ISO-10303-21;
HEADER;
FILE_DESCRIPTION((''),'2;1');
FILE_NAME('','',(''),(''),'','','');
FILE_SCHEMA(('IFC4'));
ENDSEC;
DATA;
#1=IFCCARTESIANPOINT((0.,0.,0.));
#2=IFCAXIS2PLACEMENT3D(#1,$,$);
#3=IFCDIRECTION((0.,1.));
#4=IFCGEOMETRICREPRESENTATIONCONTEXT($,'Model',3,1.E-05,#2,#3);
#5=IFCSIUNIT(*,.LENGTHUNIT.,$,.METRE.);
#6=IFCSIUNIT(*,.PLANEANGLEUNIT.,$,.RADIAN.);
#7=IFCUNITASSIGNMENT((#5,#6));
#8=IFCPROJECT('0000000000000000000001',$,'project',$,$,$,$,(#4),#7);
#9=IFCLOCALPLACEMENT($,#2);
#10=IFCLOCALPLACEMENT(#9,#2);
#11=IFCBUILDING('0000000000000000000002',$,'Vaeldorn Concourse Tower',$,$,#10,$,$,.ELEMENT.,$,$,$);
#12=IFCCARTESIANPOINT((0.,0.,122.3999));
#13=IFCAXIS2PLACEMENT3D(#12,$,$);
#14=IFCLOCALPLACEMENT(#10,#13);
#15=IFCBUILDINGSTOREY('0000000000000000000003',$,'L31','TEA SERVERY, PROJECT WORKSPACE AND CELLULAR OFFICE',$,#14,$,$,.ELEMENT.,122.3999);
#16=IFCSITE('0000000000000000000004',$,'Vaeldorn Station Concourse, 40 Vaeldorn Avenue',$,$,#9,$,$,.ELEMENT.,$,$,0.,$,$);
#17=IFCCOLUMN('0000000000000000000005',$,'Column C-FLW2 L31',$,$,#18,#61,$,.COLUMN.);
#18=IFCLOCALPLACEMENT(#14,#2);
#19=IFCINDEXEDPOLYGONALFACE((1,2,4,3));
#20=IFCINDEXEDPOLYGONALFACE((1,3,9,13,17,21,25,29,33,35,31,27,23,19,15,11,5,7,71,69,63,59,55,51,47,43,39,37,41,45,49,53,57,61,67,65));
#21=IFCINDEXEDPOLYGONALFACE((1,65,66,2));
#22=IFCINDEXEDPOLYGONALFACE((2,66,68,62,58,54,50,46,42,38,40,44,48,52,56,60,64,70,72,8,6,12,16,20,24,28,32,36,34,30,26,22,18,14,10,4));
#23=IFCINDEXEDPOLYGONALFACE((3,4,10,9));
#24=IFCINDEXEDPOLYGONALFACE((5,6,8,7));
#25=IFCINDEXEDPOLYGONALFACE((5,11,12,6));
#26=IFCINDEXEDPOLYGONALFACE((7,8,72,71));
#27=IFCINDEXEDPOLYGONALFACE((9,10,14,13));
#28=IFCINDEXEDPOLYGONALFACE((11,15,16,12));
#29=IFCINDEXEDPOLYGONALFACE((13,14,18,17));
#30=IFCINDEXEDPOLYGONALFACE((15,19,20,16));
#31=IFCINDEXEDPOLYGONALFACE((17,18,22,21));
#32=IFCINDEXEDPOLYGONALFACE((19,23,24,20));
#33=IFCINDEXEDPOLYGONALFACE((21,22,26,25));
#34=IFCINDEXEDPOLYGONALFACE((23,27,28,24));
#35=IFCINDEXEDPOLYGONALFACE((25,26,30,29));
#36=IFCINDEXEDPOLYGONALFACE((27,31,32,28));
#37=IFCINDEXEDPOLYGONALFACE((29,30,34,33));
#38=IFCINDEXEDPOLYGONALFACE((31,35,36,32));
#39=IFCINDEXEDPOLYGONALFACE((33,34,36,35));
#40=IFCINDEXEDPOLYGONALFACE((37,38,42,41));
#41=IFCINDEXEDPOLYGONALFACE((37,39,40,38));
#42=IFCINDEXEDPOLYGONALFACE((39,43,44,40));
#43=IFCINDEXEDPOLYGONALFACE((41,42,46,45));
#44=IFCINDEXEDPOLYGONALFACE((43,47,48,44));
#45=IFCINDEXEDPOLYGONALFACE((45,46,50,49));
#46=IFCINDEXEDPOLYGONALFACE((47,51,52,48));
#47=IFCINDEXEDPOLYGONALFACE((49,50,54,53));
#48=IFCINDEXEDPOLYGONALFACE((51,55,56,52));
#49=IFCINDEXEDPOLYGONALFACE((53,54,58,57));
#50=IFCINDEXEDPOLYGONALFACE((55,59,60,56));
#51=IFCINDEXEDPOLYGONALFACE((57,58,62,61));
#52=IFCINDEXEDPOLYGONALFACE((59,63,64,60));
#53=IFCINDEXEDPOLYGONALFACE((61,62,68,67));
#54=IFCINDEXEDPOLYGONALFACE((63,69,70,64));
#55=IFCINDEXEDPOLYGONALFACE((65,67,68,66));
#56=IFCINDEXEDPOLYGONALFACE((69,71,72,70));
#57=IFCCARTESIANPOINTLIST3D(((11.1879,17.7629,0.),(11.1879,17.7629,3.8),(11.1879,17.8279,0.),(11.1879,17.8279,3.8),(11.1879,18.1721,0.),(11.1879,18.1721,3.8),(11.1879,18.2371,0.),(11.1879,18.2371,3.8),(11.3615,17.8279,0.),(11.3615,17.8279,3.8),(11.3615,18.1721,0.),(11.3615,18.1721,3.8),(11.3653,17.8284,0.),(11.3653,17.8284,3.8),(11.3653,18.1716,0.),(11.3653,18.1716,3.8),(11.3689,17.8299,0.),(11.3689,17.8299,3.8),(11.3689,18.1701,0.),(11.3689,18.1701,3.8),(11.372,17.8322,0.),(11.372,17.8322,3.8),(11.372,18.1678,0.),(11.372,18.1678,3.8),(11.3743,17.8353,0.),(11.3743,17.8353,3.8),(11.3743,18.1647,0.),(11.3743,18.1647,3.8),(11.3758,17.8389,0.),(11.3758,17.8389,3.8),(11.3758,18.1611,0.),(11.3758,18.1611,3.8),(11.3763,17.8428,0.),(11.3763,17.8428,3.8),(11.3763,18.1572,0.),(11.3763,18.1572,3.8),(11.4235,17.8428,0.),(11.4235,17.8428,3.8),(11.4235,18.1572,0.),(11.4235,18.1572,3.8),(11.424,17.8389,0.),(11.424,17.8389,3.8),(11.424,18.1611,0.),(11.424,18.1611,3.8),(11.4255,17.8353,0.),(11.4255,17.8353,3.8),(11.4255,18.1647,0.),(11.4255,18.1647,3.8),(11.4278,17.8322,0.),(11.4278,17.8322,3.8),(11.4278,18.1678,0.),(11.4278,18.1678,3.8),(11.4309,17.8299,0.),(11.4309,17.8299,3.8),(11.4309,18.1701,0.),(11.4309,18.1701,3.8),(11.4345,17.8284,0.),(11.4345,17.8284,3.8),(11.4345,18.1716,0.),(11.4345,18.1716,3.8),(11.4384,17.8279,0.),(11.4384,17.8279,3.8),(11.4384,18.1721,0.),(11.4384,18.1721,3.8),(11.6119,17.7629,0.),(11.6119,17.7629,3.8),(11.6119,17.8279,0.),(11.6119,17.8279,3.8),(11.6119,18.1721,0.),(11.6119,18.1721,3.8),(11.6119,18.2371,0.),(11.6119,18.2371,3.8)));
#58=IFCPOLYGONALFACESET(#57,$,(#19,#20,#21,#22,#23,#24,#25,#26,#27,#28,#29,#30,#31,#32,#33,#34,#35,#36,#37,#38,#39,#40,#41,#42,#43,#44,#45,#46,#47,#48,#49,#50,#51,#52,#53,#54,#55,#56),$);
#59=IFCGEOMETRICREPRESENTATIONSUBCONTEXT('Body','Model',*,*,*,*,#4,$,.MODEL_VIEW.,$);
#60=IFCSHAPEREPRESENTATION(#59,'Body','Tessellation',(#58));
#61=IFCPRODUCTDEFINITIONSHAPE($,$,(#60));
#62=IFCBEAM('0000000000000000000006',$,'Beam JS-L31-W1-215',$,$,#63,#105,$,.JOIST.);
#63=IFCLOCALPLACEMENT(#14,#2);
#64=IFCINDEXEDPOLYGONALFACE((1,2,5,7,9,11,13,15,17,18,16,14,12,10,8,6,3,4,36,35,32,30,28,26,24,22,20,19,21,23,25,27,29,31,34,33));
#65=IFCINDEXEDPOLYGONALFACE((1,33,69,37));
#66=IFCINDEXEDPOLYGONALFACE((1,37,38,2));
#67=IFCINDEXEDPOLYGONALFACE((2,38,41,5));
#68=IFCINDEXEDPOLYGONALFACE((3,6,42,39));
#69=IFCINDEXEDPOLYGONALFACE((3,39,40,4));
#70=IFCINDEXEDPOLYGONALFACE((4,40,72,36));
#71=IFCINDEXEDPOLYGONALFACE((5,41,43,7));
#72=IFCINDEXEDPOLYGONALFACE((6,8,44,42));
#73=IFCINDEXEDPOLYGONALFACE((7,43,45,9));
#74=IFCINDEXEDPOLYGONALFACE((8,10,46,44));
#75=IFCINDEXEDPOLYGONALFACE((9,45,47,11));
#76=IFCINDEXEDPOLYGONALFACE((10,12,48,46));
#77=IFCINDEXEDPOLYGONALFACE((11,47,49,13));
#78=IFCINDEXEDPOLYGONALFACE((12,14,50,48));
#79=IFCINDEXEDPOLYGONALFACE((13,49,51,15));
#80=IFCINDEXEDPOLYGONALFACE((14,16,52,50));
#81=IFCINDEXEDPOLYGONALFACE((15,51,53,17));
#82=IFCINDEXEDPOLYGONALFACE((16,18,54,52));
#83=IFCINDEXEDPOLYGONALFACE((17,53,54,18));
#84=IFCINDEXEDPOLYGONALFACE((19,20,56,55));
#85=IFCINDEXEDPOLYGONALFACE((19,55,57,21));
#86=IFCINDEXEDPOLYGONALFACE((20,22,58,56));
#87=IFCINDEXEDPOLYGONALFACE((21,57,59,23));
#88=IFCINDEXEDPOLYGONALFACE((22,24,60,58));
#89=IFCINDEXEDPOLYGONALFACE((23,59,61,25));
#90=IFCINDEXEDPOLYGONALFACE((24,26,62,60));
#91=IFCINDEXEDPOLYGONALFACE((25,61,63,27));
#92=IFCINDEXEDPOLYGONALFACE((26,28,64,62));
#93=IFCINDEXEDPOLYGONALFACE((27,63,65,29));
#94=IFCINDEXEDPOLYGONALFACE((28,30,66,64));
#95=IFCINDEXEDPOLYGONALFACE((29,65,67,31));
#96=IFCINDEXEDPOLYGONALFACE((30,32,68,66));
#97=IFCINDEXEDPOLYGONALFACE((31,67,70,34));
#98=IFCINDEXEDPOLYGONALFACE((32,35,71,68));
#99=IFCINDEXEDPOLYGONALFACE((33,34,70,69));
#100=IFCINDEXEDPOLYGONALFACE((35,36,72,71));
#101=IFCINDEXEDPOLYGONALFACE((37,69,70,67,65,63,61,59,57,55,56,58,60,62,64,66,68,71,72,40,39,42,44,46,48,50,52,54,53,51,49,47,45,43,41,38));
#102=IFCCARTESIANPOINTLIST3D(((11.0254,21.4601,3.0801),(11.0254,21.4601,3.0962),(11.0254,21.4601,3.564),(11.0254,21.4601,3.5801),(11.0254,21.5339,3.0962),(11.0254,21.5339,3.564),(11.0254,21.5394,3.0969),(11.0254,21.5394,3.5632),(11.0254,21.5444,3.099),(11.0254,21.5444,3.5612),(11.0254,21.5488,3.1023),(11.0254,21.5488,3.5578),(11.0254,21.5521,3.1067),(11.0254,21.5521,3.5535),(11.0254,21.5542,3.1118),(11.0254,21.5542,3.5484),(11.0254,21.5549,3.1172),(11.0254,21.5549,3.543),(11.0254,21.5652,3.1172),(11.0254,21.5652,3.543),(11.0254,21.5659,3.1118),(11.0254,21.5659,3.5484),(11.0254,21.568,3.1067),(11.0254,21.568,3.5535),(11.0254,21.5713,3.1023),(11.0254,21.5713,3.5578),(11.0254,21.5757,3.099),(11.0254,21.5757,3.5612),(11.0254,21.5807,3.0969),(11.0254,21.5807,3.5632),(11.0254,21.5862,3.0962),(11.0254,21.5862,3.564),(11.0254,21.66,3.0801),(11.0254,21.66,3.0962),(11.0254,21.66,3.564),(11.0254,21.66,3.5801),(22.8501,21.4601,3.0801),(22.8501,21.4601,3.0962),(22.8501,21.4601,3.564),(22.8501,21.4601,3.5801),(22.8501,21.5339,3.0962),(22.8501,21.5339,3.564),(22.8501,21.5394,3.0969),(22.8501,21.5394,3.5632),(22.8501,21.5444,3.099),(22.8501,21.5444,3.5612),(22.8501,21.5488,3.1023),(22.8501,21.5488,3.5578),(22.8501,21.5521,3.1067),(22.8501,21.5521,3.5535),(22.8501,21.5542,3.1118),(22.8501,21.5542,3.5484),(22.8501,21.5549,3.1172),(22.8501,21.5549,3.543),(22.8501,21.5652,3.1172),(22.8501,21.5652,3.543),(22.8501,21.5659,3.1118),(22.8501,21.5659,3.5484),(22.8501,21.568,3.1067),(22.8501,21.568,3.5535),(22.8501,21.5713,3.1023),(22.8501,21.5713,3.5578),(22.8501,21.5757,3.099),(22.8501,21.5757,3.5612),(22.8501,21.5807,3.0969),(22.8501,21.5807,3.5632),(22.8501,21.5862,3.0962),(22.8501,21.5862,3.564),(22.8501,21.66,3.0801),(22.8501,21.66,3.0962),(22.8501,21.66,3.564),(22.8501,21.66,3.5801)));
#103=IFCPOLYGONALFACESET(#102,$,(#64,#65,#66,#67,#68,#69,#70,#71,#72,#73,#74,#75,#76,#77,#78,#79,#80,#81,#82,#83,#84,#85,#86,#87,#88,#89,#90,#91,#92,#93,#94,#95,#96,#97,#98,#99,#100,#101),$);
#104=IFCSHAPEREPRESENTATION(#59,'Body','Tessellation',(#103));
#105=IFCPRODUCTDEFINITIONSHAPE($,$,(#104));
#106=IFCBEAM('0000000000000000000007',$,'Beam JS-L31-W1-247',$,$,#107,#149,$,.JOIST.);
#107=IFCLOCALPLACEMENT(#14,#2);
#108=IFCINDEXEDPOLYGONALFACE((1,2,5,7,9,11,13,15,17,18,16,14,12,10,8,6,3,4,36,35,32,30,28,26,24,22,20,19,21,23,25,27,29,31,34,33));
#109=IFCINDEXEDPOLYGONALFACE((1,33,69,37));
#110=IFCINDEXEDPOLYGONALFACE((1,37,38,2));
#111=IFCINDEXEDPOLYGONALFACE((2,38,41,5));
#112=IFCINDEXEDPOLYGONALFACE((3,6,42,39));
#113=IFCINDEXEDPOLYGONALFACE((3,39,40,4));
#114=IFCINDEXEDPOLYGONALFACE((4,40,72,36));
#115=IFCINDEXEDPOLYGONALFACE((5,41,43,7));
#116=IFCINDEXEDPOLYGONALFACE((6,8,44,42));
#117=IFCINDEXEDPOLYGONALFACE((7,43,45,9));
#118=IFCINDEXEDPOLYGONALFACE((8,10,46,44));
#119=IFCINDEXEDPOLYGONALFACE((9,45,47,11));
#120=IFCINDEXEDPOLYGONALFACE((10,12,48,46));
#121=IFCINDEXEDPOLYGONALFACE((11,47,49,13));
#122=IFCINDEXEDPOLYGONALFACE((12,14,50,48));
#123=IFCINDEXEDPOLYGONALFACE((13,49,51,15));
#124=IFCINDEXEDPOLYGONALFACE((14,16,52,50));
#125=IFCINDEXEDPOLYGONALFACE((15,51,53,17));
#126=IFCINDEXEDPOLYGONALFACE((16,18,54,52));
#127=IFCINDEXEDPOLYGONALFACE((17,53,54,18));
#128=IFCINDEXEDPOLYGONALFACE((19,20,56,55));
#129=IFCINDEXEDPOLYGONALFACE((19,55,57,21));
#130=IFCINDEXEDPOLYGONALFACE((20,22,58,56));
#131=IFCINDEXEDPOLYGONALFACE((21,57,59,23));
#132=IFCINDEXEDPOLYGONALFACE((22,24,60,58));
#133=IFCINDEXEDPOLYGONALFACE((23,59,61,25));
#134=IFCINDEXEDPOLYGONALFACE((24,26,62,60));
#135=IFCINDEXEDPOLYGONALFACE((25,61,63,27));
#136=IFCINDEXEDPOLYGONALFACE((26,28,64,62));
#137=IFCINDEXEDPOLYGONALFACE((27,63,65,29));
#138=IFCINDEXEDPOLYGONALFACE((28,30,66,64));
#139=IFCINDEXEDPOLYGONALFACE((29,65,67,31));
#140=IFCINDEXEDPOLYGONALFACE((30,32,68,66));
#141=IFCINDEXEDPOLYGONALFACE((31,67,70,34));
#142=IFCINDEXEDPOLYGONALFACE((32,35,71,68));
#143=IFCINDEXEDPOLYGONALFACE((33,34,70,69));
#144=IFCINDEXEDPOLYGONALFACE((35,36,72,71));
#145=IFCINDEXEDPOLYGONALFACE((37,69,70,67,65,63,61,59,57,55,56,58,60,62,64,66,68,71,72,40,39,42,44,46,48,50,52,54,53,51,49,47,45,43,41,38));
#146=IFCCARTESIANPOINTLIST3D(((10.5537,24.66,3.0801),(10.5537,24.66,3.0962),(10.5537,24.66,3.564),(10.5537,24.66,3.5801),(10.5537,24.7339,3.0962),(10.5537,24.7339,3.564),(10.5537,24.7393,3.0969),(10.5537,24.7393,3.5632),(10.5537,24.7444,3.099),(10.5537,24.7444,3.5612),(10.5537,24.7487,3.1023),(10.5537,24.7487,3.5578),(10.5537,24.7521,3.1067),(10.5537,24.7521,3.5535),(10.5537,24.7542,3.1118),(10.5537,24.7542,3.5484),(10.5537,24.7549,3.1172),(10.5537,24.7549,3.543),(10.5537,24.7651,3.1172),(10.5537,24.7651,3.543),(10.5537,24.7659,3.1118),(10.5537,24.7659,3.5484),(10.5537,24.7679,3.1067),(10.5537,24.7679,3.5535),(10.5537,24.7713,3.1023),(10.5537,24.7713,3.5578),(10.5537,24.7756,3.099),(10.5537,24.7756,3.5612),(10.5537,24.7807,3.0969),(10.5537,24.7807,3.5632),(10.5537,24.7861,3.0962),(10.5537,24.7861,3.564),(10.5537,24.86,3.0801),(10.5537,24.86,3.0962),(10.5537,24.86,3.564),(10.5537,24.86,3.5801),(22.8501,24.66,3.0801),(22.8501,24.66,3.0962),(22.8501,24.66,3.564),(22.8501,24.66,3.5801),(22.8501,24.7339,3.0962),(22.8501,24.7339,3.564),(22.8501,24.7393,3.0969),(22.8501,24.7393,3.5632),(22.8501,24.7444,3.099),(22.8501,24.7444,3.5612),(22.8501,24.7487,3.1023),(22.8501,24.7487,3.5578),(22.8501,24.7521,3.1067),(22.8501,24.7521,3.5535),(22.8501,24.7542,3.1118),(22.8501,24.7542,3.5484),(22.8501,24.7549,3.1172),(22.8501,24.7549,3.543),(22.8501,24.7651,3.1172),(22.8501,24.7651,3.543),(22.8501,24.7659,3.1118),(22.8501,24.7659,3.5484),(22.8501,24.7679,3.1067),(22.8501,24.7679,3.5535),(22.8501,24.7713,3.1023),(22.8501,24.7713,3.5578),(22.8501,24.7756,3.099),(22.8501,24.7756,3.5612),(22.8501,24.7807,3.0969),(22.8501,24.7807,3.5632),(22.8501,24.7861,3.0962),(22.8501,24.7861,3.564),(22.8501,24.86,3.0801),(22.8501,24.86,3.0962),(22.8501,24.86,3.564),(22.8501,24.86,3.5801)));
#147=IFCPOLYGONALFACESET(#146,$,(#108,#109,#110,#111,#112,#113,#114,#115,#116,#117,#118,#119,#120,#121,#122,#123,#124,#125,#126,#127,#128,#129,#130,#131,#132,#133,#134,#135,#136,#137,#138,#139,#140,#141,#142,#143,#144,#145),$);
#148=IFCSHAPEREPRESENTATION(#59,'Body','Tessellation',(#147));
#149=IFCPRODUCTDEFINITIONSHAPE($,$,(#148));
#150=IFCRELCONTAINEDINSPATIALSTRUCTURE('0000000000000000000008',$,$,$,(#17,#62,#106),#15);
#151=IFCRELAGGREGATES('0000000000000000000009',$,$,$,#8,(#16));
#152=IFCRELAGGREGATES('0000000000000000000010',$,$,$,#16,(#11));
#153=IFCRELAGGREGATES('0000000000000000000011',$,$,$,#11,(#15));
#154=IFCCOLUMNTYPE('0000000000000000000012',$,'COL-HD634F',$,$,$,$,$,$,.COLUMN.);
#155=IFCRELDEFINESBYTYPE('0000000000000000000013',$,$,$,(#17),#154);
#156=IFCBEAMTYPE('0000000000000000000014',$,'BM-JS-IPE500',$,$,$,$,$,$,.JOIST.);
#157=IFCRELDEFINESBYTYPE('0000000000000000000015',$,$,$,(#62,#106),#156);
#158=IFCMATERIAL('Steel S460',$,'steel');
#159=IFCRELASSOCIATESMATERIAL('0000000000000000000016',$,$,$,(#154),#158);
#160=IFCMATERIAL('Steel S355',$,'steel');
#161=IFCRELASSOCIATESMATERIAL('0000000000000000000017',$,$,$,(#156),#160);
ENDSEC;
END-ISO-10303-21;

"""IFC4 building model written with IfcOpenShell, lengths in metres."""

from ifc_helpers import new_model, si_unit, direction, frame, origin, origin_2d, place, context, subcontext, project, spatial, i_section, extrude, source, transform, mapped, material, material_profile, profile_set, type_object, element, save


model = new_model("IFC4")

# Units and contexts
model_context = context("Model", 3, precision=1e-05, world=origin(), true_north=direction((0.0, 1.0)))
body_context = subcontext(model_context, "Body", "Model", "MODEL_VIEW")
ifc_project = project(units=[si_unit("LENGTHUNIT", "METRE"), si_unit("PLANEANGLEUNIT", "RADIAN")], contexts=[model_context])

# Site, building, storey
site_placement = place(None, origin())
site = spatial("IfcSite", under=ifc_project, at=site_placement, Name="Vaeldorn Station Concourse, 40 Vaeldorn Avenue", CompositionType="ELEMENT", RefElevation=0.0)
building_placement = place(site_placement, origin())
building = spatial("IfcBuilding", under=site, at=building_placement, Name="Vaeldorn Concourse Tower", CompositionType="ELEMENT")
storey_placement = place(building_placement, frame((0.0, 0.0, 122.3999)))
storey = spatial("IfcBuildingStorey", under=building, at=storey_placement, Name="L31", Description="TEA SERVERY, PROJECT WORKSPACE AND CELLULAR OFFICE", CompositionType="ELEMENT", Elevation=122.3999)

# Column
ifc_material_1 = material(Name="Steel S460", Category="steel")
ifc_material_profile_1 = material_profile(ifc_material_1, i_section(OverallWidth=0.4241, OverallDepth=0.4741, WebThickness=0.0471, FlangeThickness=0.0649, FilletRadius=0.0149, at=origin_2d()), Name="HD 400x634")
ifc_profile_set_1 = profile_set([ifc_material_profile_1], Name="Steel S460")
column_type = type_object("IfcColumnType", Name="COL-HD634F", PredefinedType="COLUMN", material=ifc_profile_set_1)
shared_shape_1 = source(origin(), body_context, "Body", "SweptSolid", [
    extrude(i_section(OverallWidth=0.4241, OverallDepth=0.4741, WebThickness=0.0471, FlangeThickness=0.0649, FilletRadius=0.0149, at=origin_2d()), origin(), (0.0, 0.0, 1.0), 3.8),
])
column_placement = place(storey_placement, frame((11.3999, 18.0, 0.0), z_axis=(0.0, 0.0, 1.0), x_axis=(1.0, 0.0, 0.0)))
element("IfcColumn", 1, at=column_placement, inside=storey, type_object=column_type, Name="Column C-FLW2 L31", PredefinedType="COLUMN", context=body_context, shape_type="MappedRepresentation", body=[
    mapped(shared_shape_1, transform((0.0, 0.0, 0.0), scale=1.0)),
])

# Beams
ifc_material_2 = material(Name="Steel S355", Category="steel")
ifc_material_profile_2 = material_profile(ifc_material_2, i_section(OverallWidth=0.2, OverallDepth=0.5, WebThickness=0.0103, FlangeThickness=0.0161, FilletRadius=0.021, at=origin_2d()), Name="IPE 500")
ifc_profile_set_2 = profile_set([ifc_material_profile_2], Name="Steel S355")
beam_type_1 = type_object("IfcBeamType", Name="BM-JS-IPE500", PredefinedType="JOIST", material=ifc_profile_set_2)
shared_shape_2 = source(origin(), body_context, "Body", "SweptSolid", [
    extrude(i_section(OverallWidth=0.2, OverallDepth=0.5, WebThickness=0.0103, FlangeThickness=0.0161, FilletRadius=0.021, at=origin_2d()), origin(), (0.0, 0.0, 1.0), 11.8247),
])
beam_1_placement = place(storey_placement, frame((11.0254, 21.5601, 3.3301), z_axis=(1.0, 0.0, 0.0), x_axis=(0.0, 1.0, 0.0)))
element("IfcBeam", 2, at=beam_1_placement, inside=storey, type_object=beam_type_1, Name="Beam JS-L31-W1-215", PredefinedType="JOIST", context=body_context, shape_type="MappedRepresentation", body=[
    mapped(shared_shape_2, transform((0.0, 0.0, 0.0), scale=1.0)),
])
shared_shape_3 = source(origin(), body_context, "Body", "SweptSolid", [
    extrude(i_section(OverallWidth=0.2, OverallDepth=0.5, WebThickness=0.0103, FlangeThickness=0.0161, FilletRadius=0.021, at=origin_2d()), origin(), (0.0, 0.0, 1.0), 12.2964),
])
beam_2_placement = place(storey_placement, frame((10.5537, 24.76, 3.3301), z_axis=(1.0, 0.0, 0.0), x_axis=(0.0, 1.0, 0.0)))
element("IfcBeam", 3, at=beam_2_placement, inside=storey, type_object=beam_type_1, Name="Beam JS-L31-W1-247", PredefinedType="JOIST", context=body_context, shape_type="MappedRepresentation", body=[
    mapped(shared_shape_3, transform((0.0, 0.0, 0.0), scale=1.0)),
])

save(model, "model.ifc")
